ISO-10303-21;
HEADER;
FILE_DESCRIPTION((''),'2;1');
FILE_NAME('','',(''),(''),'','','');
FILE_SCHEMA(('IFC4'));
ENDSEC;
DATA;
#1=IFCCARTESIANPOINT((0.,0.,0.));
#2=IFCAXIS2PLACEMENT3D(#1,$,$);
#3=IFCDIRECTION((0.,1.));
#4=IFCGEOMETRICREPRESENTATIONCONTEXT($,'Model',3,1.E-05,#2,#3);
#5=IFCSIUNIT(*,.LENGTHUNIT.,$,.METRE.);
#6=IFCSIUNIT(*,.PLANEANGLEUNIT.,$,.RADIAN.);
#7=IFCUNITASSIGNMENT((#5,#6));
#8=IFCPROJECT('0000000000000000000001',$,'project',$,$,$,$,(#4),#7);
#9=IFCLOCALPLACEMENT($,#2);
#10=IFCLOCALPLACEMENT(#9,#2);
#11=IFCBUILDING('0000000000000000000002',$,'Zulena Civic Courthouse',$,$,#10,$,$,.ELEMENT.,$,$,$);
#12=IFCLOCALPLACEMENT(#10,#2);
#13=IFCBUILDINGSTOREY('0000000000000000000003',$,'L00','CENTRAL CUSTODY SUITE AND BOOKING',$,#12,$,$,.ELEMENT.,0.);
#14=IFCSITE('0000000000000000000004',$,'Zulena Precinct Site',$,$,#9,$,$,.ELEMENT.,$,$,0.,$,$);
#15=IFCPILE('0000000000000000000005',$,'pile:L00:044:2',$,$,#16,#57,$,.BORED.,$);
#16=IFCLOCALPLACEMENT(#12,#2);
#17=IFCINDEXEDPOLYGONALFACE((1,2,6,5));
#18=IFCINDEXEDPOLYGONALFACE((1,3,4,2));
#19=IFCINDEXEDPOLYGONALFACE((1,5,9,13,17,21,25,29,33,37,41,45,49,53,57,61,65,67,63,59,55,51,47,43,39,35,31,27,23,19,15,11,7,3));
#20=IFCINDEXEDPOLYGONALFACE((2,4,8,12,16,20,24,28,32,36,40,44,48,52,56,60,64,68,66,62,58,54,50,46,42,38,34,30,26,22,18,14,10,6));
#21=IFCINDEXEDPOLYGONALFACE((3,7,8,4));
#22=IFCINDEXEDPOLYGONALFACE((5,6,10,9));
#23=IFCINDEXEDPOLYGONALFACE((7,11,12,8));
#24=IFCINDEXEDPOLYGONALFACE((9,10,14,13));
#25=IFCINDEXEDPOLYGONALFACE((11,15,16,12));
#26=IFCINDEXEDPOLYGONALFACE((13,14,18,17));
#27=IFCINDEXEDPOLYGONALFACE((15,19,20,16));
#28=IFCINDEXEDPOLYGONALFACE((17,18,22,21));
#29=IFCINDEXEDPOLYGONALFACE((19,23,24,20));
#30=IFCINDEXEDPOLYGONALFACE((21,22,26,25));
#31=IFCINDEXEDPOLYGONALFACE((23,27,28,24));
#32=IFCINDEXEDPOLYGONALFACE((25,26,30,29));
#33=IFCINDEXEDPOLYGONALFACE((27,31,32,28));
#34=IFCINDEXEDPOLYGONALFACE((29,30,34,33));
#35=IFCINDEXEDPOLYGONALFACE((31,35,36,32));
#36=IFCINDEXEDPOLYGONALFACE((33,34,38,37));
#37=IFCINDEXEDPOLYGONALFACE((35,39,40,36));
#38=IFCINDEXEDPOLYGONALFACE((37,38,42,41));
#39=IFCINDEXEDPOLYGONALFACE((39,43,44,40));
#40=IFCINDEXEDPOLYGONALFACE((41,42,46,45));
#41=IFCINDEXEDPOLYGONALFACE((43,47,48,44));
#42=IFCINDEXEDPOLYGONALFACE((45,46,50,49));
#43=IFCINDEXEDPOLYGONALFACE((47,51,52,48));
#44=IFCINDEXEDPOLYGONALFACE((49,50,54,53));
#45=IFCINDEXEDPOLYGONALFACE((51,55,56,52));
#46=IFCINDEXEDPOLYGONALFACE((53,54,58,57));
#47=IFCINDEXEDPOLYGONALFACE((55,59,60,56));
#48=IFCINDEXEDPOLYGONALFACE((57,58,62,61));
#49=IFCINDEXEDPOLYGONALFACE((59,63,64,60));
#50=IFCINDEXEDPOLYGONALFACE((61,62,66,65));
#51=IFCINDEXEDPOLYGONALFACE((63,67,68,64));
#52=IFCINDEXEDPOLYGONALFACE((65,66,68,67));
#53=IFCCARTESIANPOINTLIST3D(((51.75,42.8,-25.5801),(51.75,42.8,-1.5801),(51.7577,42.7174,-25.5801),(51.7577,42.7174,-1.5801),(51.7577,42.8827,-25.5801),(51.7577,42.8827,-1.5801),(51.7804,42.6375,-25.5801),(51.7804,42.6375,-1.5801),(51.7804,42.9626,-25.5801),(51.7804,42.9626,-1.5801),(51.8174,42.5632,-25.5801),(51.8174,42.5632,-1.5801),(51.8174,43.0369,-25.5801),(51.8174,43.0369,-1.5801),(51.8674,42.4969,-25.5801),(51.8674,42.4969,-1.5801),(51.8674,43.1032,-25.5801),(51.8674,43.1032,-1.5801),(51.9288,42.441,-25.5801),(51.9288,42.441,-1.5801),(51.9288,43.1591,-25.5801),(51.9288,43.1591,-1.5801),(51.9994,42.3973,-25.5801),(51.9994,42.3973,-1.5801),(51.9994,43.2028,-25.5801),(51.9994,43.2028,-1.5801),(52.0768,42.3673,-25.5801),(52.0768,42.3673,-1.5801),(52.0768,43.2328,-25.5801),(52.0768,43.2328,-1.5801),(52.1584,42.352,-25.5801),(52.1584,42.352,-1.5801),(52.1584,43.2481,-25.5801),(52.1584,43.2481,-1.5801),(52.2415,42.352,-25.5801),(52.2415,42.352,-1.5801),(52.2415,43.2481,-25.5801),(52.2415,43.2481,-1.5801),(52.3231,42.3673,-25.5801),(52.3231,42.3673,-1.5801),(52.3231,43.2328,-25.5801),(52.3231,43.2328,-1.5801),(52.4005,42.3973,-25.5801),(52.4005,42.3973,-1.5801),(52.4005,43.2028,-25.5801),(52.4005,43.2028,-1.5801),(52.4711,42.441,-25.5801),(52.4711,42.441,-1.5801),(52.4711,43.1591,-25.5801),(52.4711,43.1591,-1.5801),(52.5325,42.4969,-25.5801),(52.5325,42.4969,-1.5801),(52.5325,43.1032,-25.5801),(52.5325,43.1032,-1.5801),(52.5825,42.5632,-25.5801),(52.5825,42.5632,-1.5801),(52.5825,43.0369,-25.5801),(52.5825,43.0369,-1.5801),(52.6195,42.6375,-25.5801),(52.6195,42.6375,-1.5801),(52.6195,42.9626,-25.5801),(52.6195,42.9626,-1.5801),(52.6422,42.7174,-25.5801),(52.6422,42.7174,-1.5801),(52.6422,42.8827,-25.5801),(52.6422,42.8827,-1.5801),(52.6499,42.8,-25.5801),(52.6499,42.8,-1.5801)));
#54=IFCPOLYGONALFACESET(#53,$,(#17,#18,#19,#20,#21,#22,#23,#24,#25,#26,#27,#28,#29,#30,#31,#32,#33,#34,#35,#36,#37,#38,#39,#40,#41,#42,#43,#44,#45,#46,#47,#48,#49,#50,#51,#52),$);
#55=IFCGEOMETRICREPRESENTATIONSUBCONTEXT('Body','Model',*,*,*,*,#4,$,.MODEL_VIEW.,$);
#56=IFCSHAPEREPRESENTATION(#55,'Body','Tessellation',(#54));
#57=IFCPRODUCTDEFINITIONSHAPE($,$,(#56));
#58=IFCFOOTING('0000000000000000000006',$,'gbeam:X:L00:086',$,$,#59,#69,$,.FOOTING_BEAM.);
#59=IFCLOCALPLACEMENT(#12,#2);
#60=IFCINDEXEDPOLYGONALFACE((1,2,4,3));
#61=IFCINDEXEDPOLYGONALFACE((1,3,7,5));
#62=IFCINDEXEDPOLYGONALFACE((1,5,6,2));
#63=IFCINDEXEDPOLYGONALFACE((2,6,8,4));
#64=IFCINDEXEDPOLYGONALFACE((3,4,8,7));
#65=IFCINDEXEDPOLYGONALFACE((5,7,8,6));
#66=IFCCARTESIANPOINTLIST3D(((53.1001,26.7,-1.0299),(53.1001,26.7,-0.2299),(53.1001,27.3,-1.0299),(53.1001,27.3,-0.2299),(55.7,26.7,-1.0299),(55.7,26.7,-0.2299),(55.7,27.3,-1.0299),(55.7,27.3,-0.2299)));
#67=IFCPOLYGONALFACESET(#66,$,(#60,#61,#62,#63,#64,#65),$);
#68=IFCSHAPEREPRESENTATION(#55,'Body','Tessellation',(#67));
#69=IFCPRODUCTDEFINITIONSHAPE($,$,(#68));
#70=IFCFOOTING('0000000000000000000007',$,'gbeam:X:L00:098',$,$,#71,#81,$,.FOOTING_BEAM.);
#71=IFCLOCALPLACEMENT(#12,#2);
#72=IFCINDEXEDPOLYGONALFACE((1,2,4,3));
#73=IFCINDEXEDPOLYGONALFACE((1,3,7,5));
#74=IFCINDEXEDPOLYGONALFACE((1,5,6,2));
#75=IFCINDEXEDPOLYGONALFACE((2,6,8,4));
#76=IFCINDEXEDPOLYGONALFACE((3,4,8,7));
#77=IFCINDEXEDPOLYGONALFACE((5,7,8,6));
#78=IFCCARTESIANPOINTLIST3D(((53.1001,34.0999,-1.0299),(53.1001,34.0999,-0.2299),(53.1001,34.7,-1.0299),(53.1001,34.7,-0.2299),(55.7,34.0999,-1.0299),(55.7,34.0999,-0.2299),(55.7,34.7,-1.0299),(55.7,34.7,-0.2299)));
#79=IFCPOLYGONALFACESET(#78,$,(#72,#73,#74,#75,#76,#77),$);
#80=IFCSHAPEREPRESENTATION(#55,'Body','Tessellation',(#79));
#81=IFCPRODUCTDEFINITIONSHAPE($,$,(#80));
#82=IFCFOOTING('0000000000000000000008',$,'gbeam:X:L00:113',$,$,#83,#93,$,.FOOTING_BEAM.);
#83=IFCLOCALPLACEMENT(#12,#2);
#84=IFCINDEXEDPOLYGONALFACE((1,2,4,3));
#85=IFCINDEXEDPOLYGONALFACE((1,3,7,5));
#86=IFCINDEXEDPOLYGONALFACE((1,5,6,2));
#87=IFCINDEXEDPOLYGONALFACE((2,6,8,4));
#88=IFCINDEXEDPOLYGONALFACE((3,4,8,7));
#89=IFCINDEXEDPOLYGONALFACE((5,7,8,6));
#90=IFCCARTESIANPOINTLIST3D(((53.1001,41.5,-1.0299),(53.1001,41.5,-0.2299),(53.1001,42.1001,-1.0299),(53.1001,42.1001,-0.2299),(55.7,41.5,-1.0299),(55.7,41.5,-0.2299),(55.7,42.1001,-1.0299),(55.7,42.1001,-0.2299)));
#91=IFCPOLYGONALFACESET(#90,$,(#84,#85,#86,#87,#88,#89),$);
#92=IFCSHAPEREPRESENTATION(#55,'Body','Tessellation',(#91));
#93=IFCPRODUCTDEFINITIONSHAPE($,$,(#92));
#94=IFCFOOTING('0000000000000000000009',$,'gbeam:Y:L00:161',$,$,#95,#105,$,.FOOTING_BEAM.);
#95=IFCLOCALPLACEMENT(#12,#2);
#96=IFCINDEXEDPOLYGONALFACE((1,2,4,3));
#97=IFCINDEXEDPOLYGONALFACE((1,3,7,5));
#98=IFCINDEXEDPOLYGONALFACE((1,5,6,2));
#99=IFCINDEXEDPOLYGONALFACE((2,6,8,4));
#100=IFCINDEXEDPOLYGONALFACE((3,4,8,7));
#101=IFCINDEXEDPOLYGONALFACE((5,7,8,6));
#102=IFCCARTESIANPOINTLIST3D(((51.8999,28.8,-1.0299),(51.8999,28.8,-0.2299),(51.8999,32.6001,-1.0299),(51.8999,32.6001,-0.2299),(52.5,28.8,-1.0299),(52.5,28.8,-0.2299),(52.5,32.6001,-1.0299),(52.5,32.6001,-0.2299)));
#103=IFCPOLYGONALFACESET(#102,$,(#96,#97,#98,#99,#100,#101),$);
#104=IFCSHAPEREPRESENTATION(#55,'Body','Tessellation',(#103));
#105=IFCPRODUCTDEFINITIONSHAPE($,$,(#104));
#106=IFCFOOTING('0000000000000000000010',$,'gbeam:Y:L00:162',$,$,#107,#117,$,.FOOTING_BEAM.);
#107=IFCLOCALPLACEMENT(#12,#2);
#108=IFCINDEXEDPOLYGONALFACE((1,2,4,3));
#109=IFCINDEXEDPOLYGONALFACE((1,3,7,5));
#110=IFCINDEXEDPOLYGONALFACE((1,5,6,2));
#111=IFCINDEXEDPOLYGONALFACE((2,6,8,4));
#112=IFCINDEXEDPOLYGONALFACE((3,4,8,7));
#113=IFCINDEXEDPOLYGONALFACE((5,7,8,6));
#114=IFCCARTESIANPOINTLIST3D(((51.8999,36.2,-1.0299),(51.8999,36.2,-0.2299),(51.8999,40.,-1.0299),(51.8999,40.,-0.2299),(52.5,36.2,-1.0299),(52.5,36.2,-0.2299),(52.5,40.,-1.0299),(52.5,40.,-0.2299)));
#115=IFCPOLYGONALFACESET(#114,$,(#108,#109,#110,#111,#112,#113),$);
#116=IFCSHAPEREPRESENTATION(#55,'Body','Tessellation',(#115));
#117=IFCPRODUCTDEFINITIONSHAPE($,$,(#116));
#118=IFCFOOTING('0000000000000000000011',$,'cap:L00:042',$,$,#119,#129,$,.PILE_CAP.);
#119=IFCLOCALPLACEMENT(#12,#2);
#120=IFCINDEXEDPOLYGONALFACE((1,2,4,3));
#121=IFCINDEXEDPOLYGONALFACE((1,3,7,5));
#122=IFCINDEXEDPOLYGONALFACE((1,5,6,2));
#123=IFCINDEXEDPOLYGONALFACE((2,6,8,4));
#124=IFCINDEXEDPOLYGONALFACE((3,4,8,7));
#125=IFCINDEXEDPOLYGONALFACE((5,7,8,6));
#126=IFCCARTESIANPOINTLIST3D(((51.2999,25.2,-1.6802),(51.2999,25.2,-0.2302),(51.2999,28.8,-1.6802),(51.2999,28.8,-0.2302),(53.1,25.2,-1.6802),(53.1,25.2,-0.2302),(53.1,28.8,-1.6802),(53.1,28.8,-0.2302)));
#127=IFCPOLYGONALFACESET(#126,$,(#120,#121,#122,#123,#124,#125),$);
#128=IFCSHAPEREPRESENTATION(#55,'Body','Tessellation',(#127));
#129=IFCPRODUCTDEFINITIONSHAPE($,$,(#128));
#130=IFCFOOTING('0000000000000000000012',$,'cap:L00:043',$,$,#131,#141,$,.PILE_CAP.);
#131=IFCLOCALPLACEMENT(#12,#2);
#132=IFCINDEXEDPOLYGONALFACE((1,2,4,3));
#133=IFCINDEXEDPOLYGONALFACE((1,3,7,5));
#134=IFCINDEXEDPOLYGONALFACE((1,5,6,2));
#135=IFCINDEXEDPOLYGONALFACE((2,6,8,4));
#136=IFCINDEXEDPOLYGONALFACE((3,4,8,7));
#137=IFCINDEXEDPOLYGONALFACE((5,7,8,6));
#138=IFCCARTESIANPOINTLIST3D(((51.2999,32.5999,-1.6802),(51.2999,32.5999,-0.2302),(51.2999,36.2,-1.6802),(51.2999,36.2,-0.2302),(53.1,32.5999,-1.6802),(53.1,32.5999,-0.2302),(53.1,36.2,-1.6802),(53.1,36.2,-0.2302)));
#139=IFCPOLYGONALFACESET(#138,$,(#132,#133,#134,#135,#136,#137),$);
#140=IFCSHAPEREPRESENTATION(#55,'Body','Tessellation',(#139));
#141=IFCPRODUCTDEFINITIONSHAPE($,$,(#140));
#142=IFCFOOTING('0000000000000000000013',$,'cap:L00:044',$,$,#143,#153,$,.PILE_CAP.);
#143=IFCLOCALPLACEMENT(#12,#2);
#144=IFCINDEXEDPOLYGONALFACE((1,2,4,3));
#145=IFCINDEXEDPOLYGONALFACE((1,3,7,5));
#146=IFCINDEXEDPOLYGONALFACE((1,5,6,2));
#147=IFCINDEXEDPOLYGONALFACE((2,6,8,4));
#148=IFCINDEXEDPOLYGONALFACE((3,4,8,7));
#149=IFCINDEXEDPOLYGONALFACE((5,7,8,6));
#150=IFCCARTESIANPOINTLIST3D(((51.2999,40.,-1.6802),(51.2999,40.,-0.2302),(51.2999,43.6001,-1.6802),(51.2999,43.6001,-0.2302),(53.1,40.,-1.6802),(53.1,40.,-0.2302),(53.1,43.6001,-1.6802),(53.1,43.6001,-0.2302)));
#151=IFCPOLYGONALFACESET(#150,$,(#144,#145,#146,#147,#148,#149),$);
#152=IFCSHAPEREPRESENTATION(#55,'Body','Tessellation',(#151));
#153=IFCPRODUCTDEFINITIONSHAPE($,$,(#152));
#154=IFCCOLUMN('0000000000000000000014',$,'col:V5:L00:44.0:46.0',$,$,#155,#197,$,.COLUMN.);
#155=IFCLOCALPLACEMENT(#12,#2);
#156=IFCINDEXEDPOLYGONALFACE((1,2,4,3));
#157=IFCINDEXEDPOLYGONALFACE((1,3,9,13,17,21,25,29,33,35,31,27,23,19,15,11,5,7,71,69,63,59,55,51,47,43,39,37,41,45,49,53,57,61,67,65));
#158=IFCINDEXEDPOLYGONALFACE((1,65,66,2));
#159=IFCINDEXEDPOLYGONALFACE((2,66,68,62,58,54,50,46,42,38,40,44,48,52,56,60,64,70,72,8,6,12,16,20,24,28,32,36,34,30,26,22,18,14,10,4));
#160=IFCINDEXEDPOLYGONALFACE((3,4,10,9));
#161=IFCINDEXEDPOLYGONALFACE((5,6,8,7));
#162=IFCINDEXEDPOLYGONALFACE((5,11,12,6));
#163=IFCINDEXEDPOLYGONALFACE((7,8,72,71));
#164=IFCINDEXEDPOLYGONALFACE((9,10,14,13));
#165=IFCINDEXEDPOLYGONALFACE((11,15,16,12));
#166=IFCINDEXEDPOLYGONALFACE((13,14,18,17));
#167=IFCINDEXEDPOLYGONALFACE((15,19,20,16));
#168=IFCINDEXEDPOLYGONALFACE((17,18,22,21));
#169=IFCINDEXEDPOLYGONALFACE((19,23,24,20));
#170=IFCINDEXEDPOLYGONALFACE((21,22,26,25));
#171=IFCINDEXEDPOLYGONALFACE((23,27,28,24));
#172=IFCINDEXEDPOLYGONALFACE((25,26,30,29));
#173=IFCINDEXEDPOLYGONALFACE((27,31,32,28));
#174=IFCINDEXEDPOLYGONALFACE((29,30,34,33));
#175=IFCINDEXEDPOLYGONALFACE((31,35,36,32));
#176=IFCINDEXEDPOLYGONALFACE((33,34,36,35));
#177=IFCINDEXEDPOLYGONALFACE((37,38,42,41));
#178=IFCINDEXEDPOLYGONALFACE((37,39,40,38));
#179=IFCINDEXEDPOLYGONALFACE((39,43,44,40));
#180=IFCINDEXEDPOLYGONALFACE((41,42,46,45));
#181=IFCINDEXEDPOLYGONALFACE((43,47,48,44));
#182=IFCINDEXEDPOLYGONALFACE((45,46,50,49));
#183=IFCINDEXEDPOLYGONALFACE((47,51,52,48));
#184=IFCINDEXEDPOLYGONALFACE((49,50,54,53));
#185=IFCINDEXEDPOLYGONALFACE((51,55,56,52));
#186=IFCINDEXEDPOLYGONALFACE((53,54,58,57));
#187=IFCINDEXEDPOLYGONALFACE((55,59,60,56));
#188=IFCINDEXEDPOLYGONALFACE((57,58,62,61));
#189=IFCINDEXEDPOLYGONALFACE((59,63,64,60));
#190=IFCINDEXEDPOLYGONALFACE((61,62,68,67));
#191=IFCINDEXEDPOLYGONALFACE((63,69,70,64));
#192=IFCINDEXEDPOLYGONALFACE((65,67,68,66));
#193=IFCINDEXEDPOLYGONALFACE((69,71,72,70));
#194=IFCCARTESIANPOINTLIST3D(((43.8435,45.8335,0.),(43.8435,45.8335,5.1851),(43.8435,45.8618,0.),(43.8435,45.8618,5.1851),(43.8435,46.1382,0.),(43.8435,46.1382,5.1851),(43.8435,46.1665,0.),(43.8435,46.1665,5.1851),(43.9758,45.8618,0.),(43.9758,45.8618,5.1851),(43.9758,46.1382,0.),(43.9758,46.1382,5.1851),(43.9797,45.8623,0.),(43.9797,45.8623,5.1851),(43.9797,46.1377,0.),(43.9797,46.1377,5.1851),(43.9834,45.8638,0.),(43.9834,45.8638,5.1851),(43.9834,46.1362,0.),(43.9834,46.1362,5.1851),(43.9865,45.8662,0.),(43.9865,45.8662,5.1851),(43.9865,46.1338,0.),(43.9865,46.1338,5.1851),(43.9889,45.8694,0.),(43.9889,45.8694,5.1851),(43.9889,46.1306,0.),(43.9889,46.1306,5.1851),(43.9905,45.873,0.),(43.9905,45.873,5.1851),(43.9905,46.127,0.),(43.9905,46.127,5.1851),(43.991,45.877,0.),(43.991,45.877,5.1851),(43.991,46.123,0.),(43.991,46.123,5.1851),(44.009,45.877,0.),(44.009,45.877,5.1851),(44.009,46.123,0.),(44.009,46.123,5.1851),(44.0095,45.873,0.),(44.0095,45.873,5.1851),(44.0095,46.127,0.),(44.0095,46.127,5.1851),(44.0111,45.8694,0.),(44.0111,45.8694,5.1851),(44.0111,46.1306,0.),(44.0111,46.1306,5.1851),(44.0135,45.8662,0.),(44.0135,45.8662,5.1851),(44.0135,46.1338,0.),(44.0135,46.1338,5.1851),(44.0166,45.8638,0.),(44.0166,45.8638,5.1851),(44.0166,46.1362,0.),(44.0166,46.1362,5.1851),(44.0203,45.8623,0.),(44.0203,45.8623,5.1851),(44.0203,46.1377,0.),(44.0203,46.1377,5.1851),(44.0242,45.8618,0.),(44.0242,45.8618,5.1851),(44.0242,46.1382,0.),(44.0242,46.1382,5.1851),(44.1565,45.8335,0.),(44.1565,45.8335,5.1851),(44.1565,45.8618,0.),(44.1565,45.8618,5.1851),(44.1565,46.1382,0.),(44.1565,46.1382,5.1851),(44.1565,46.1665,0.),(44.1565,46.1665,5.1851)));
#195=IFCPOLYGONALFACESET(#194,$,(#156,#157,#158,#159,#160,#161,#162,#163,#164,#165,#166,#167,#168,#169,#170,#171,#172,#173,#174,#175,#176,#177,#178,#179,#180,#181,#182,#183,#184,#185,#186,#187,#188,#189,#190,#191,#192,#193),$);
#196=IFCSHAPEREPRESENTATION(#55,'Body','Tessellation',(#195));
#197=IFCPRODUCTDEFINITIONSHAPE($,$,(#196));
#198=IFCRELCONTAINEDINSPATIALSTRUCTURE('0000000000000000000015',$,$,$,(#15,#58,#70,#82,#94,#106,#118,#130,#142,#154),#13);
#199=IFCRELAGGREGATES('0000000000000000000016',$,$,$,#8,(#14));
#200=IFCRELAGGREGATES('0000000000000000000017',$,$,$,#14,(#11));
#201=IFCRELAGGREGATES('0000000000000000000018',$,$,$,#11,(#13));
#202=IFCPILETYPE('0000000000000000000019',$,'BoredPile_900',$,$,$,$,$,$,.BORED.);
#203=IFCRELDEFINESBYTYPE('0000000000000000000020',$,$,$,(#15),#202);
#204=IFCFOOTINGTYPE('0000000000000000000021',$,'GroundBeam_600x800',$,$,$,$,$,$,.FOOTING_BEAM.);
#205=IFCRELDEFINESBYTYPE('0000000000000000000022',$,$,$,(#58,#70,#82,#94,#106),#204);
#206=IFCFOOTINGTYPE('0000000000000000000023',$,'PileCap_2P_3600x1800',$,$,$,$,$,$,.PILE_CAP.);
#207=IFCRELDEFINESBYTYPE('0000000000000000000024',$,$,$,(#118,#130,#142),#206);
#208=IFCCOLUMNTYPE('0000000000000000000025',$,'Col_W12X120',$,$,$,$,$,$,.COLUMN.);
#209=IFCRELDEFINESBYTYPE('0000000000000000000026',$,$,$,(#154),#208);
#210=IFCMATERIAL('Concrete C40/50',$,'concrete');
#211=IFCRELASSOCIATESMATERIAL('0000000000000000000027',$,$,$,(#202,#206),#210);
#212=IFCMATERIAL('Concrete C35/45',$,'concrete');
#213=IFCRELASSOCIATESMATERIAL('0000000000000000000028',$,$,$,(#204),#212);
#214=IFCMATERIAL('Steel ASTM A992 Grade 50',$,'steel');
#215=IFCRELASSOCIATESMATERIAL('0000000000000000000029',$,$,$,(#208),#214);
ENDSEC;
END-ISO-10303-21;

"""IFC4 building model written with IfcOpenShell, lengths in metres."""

from ifc_helpers import new_model, si_unit, direction, frame, origin, origin_2d, place, context, subcontext, project, spatial, rectangle, circle, i_section, extrude, material, material_profile, profile_set, type_object, element, save


model = new_model("IFC4")

# Units and contexts
model_context = context("Model", 3, precision=1e-05, world=origin(), true_north=direction((0.0, 1.0)))
body_context = subcontext(model_context, "Body", "Model", "MODEL_VIEW")
ifc_project = project(units=[si_unit("LENGTHUNIT", "METRE"), si_unit("PLANEANGLEUNIT", "RADIAN")], contexts=[model_context])

# Site, building, storey
site_placement = place(None, origin())
site = spatial("IfcSite", under=ifc_project, at=site_placement, Name="Zulena Precinct Site", CompositionType="ELEMENT", RefElevation=0.0)
building_placement = place(site_placement, origin())
building = spatial("IfcBuilding", under=site, at=building_placement, Name="Zulena Civic Courthouse", CompositionType="ELEMENT")
storey_placement = place(building_placement, origin())
storey = spatial("IfcBuildingStorey", under=building, at=storey_placement, Name="L00", Description="CENTRAL CUSTODY SUITE AND BOOKING", CompositionType="ELEMENT", Elevation=0.0)

# Pile
ifc_material_1 = material(Name="Concrete C40/50", Category="concrete")
ifc_material_profile_1 = material_profile(ifc_material_1, circle(Radius=0.45, at=origin_2d()), Name="PILE900")
ifc_profile_set_1 = profile_set([ifc_material_profile_1], Name="Concrete C40/50")
pile_type_1 = type_object("IfcPileType", Name="BoredPile_900", PredefinedType="BORED", material=ifc_profile_set_1)
for number, where, z_axis, x_axis, name in (
    (1, (52.2, 42.8, -1.5801), (0.0, 0.0, -1.0), (1.0, 0.0, 0.0), "pile:L00:044:2"),
):
    element("IfcPile", number, at=place(storey_placement, frame(where, z_axis=z_axis, x_axis=x_axis)), inside=storey, type_object=pile_type_1, Name=name, PredefinedType="BORED", context=body_context, shape_type="SweptSolid", body=[
        extrude(circle(Radius=0.45, at=origin_2d()), origin(), (0.0, 0.0, 1.0), 24.0),
    ])

# Footings
ifc_material_2 = material(Name="Concrete C35/45", Category="concrete")
ifc_material_profile_2 = material_profile(ifc_material_2, rectangle(XDim=0.6001, YDim=0.8, at=origin_2d()), Name="RC600X800")
ifc_profile_set_2 = profile_set([ifc_material_profile_2], Name="Concrete C35/45")
footing_type_1 = type_object("IfcFootingType", Name="GroundBeam_600x800", PredefinedType="FOOTING_BEAM", material=ifc_profile_set_2)
for number, where, z_axis, x_axis, name in (
    (2, (53.1001, 27.0, -0.6299), (1.0, 0.0, 0.0), (0.0, 1.0, 0.0), "gbeam:X:L00:086"),
    (3, (53.1001, 34.3999, -0.6299), (1.0, 0.0, 0.0), (0.0, 1.0, 0.0), "gbeam:X:L00:098"),
    (4, (53.1001, 41.8, -0.6299), (1.0, 0.0, 0.0), (0.0, 1.0, 0.0), "gbeam:X:L00:113"),
):
    element("IfcFooting", number, at=place(storey_placement, frame(where, z_axis=z_axis, x_axis=x_axis)), inside=storey, type_object=footing_type_1, Name=name, PredefinedType="FOOTING_BEAM", context=body_context, shape_type="SweptSolid", body=[
        extrude(rectangle(XDim=0.6001, YDim=0.8, at=origin_2d()), origin(), (0.0, 0.0, 1.0), 2.5999),
    ])
for number, where, z_axis, x_axis, name in (
    (5, (52.2, 28.8, -0.6299), (0.0, 1.0, 0.0), (-1.0, 0.0, 0.0), "gbeam:Y:L00:161"),
    (6, (52.2, 36.2, -0.6299), (0.0, 1.0, 0.0), (-1.0, 0.0, 0.0), "gbeam:Y:L00:162"),
):
    element("IfcFooting", number, at=place(storey_placement, frame(where, z_axis=z_axis, x_axis=x_axis)), inside=storey, type_object=footing_type_1, Name=name, PredefinedType="FOOTING_BEAM", context=body_context, shape_type="SweptSolid", body=[
        extrude(rectangle(XDim=0.6001, YDim=0.8, at=origin_2d()), origin(), (0.0, 0.0, 1.0), 3.8),
    ])
footing_type_2 = type_object("IfcFootingType", Name="PileCap_2P_3600x1800", PredefinedType="PILE_CAP", material=ifc_material_1)
for number, where, z_axis, x_axis, name in (
    (7, (52.2, 27.0, -1.6802), (0.0, 0.0, 1.0), (1.0, 0.0, 0.0), "cap:L00:042"),
    (8, (52.2, 34.3999, -1.6802), (0.0, 0.0, 1.0), (1.0, 0.0, 0.0), "cap:L00:043"),
    (9, (52.2, 41.8, -1.6802), (0.0, 0.0, 1.0), (1.0, 0.0, 0.0), "cap:L00:044"),
):
    element("IfcFooting", number, at=place(storey_placement, frame(where, z_axis=z_axis, x_axis=x_axis)), inside=storey, type_object=footing_type_2, Name=name, PredefinedType="PILE_CAP", context=body_context, shape_type="SweptSolid", body=[
        extrude(rectangle(XDim=1.8, YDim=3.6001, at=origin_2d()), origin(), (0.0, 0.0, 1.0), 1.45),
    ])

# Column
ifc_material_3 = material(Name="Steel ASTM A992 Grade 50", Category="steel")
ifc_material_profile_3 = material_profile(ifc_material_3, i_section(OverallWidth=0.313, OverallDepth=0.333, WebThickness=0.0181, FlangeThickness=0.0283, FilletRadius=0.0151, at=origin_2d()), Name="W12X120")
ifc_profile_set_3 = profile_set([ifc_material_profile_3], Name="Steel ASTM A992 Grade 50")
column_type = type_object("IfcColumnType", Name="Col_W12X120", PredefinedType="COLUMN", material=ifc_profile_set_3)
for number, where, z_axis, x_axis, name in (
    (10, (44.0, 46.0, 0.0), (0.0, 0.0, 1.0), (1.0, 0.0, 0.0), "col:V5:L00:44.0:46.0"),
):
    element("IfcColumn", number, at=place(storey_placement, frame(where, z_axis=z_axis, x_axis=x_axis)), inside=storey, type_object=column_type, Name=name, PredefinedType="COLUMN", context=body_context, shape_type="SweptSolid", body=[
        extrude(i_section(OverallWidth=0.313, OverallDepth=0.333, WebThickness=0.0181, FlangeThickness=0.0283, FilletRadius=0.0151, at=origin_2d()), origin(), (0.0, 0.0, 1.0), 5.1851),
    ])

save(model, "model.ifc")
